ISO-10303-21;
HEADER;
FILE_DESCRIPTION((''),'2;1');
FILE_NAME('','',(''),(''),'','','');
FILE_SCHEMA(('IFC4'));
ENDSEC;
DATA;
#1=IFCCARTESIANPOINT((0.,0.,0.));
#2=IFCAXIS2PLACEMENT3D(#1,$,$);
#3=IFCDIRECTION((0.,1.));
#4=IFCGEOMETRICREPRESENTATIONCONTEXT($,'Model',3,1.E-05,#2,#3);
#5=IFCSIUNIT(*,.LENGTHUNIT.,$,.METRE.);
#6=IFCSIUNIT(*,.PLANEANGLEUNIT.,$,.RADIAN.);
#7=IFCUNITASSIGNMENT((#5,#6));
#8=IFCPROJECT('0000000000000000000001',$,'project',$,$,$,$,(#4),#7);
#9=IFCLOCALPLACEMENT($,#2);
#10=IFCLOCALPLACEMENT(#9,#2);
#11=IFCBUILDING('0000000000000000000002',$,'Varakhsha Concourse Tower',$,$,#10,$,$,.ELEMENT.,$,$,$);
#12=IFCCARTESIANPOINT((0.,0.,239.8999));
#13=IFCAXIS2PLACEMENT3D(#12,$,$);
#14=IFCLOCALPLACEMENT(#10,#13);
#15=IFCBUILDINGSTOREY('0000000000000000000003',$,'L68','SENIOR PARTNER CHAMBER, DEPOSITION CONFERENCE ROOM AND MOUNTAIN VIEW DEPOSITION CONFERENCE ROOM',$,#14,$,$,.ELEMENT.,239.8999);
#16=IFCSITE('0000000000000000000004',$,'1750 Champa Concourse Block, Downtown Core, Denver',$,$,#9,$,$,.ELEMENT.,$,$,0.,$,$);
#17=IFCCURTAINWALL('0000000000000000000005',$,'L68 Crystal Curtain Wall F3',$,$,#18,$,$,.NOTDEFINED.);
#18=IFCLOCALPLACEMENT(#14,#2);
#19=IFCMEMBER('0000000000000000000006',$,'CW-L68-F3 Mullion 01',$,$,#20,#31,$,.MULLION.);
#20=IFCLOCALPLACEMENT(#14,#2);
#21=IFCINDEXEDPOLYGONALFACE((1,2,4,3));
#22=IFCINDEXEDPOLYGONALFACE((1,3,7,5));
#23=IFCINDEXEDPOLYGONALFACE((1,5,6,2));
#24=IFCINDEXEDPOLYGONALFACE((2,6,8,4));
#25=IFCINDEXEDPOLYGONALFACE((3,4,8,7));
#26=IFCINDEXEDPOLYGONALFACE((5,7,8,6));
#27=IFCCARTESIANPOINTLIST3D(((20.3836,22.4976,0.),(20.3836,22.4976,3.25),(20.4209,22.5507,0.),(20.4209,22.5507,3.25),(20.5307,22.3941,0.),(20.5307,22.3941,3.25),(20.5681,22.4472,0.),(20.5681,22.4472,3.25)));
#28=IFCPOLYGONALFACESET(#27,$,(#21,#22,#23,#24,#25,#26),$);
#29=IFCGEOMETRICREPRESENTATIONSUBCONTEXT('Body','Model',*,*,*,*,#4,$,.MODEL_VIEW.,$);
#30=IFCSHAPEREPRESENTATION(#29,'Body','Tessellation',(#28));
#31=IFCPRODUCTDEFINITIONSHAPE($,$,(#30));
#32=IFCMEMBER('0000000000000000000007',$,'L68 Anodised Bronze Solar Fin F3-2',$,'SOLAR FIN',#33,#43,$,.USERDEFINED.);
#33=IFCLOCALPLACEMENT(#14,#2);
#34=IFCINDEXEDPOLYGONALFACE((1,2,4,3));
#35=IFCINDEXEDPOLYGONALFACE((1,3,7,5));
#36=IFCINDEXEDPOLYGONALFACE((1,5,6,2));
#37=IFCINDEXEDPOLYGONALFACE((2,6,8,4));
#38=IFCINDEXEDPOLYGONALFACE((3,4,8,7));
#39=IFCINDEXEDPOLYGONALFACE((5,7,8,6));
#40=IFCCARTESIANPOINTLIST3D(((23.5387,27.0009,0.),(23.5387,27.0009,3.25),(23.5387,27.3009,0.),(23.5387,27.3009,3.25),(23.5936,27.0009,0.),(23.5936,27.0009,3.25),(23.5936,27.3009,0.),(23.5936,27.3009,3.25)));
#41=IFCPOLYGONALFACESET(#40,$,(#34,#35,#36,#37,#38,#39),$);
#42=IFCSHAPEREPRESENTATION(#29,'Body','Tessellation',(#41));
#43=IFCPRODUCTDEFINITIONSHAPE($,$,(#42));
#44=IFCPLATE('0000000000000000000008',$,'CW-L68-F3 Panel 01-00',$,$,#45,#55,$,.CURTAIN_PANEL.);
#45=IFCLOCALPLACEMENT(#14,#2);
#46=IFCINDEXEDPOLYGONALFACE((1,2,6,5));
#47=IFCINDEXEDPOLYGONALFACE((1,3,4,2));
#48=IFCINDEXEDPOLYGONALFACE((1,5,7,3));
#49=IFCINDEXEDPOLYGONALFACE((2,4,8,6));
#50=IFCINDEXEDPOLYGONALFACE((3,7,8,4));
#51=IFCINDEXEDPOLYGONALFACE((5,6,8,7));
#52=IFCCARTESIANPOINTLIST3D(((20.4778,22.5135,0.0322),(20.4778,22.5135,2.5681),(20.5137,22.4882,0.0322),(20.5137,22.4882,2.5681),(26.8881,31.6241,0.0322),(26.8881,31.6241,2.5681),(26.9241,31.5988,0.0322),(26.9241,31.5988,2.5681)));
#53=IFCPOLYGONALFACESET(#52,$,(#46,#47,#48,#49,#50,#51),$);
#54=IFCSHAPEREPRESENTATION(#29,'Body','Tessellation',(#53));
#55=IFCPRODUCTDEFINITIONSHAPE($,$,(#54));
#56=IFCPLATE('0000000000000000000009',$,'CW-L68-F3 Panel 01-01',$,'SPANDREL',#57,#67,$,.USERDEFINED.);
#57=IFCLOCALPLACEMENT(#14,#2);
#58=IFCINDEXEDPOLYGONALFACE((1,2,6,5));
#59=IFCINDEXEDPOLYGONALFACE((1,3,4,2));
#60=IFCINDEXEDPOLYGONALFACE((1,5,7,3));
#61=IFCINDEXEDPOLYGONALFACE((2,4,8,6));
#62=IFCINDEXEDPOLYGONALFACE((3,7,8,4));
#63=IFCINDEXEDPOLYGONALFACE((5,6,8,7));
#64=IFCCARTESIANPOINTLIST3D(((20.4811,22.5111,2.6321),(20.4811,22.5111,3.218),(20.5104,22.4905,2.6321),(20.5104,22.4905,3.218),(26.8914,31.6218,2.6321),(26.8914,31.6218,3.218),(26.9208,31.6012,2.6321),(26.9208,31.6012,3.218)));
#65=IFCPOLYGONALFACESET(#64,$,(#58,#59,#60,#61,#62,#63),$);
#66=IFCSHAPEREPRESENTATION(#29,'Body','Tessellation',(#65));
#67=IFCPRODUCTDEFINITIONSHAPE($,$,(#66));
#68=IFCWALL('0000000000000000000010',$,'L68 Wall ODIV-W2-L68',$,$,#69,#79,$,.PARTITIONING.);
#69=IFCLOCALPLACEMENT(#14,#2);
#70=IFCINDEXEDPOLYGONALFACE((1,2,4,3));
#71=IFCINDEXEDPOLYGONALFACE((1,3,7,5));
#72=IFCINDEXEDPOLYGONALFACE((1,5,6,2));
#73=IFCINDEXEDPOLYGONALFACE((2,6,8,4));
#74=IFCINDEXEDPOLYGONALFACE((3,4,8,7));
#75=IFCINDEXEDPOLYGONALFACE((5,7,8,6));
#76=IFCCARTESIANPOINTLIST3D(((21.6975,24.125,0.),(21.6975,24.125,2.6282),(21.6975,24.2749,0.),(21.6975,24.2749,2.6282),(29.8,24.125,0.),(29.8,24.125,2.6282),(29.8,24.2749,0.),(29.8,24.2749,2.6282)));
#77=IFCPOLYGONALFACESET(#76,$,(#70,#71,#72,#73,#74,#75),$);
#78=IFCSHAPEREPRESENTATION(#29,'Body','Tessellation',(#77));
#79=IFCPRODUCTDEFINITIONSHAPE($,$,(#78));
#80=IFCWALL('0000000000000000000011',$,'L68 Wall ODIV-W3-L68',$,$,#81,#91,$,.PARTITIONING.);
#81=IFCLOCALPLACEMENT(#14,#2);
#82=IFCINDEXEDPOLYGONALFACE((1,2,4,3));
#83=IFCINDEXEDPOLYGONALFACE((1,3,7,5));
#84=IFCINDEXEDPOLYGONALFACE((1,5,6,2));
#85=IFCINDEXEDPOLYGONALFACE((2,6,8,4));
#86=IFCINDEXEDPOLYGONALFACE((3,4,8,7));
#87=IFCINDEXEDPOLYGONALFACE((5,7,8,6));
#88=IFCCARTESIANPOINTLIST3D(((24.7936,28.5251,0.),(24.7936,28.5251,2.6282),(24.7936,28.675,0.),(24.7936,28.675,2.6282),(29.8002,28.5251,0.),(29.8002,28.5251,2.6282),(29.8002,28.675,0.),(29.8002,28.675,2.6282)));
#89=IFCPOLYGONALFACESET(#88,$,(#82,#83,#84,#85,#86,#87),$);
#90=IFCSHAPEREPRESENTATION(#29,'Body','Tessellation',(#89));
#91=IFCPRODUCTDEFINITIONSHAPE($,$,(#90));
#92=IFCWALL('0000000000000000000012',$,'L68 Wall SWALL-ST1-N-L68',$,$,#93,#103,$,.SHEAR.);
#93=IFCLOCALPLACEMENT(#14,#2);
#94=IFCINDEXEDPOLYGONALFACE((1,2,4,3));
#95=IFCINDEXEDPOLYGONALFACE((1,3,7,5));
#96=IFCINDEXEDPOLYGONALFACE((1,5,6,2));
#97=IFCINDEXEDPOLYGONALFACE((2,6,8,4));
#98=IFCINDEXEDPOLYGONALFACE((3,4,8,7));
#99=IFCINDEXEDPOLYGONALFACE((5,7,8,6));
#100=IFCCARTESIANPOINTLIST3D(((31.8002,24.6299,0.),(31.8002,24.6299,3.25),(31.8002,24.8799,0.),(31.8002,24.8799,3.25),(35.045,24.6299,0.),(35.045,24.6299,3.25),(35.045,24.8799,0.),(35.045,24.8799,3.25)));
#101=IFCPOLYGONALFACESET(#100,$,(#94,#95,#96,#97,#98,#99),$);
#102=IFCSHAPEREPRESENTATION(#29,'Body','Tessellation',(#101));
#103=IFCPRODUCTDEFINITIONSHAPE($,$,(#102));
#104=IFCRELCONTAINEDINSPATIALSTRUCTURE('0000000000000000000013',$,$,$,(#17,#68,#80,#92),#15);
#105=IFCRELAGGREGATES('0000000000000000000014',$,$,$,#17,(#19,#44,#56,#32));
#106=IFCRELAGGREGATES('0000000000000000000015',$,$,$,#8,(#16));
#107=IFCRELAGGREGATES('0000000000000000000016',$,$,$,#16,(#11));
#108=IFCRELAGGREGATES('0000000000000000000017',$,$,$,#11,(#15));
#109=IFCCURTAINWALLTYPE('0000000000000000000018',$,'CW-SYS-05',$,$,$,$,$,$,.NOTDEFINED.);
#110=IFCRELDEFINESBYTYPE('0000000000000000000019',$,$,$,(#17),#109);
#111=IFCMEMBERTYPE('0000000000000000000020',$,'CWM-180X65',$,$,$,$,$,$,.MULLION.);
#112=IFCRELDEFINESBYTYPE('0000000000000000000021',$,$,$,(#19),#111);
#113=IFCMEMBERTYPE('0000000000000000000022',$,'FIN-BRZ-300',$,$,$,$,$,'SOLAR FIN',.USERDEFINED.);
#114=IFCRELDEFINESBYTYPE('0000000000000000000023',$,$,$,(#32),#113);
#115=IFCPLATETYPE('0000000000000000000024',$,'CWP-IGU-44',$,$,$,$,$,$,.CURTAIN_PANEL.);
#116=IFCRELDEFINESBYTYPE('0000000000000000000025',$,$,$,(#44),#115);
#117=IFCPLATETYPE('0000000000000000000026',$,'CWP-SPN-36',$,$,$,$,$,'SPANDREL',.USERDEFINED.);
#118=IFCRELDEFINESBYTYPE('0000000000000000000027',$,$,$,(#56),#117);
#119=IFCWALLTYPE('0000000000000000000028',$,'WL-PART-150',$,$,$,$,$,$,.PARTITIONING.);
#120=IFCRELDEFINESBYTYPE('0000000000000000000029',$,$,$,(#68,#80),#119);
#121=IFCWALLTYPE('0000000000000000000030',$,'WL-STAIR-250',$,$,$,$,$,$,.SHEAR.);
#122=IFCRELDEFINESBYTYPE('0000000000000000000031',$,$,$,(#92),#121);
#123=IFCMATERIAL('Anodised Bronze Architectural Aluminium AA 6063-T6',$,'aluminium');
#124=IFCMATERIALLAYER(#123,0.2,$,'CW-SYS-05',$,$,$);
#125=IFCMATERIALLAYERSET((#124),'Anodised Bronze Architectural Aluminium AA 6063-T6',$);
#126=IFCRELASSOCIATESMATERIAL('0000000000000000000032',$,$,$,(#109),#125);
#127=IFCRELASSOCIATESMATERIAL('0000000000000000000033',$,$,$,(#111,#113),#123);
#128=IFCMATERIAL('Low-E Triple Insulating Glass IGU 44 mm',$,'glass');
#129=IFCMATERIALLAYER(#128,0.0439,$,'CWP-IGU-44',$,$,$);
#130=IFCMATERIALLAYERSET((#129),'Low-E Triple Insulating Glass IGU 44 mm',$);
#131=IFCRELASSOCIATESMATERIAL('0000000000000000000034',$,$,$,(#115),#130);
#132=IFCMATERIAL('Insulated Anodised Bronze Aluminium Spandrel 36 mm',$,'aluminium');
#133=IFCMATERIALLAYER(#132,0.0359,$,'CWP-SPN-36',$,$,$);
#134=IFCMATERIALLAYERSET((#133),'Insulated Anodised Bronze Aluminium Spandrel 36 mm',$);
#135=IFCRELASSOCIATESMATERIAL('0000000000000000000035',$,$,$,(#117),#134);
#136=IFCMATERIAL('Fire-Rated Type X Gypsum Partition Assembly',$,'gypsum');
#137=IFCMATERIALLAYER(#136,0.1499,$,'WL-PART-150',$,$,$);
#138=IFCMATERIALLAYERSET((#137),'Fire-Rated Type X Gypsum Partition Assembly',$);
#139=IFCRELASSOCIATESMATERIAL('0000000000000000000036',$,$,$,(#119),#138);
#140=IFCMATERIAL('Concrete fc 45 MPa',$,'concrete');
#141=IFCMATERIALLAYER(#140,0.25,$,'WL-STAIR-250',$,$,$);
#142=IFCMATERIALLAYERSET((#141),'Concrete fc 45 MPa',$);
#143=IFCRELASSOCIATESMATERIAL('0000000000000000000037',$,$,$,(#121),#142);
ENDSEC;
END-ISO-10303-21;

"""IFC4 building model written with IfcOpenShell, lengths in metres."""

from ifc_helpers import new_model, si_unit, direction, frame, frame_2d, origin, origin_2d, place, context, subcontext, project, spatial, rectangle, extrude, source, transform, mapped, material, layer, layer_set, material_profile, profile_set, type_object, type_shapes, element, aggregate, save


model = new_model("IFC4")

# Units and contexts
model_context = context("Model", 3, precision=1e-05, world=origin(), true_north=direction((0.0, 1.0)))
body_context = subcontext(model_context, "Body", "Model", "MODEL_VIEW")
ifc_project = project(units=[si_unit("LENGTHUNIT", "METRE"), si_unit("PLANEANGLEUNIT", "RADIAN")], contexts=[model_context])

# Site, building, storey
site_placement = place(None, origin())
site = spatial("IfcSite", under=ifc_project, at=site_placement, Name="1750 Champa Concourse Block, Downtown Core, Denver", CompositionType="ELEMENT", RefElevation=0.0)
building_placement = place(site_placement, origin())
building = spatial("IfcBuilding", under=site, at=building_placement, Name="Varakhsha Concourse Tower", CompositionType="ELEMENT")
storey_placement = place(building_placement, frame((0.0, 0.0, 239.8999)))
storey = spatial("IfcBuildingStorey", under=building, at=storey_placement, Name="L68", Description="SENIOR PARTNER CHAMBER, DEPOSITION CONFERENCE ROOM AND MOUNTAIN VIEW DEPOSITION CONFERENCE ROOM", CompositionType="ELEMENT", Elevation=239.8999)

# Curtain wall, members, plates
ifc_material_1 = material(Name="Anodised Bronze Architectural Aluminium AA 6063-T6", Category="aluminium")
ifc_layer_1 = layer(ifc_material_1, 0.2, Name="CW-SYS-05")
ifc_layer_set_1 = layer_set([ifc_layer_1], Name="Anodised Bronze Architectural Aluminium AA 6063-T6")
curtain_wall_type = type_object("IfcCurtainWallType", Name="CW-SYS-05", PredefinedType="NOTDEFINED", material=ifc_layer_set_1)
curtain_wall_placement = place(storey_placement, origin())
curtain_wall = element("IfcCurtainWall", 1, at=curtain_wall_placement, inside=storey, type_object=curtain_wall_type, Name="L68 Crystal Curtain Wall F3", PredefinedType="NOTDEFINED")
ifc_material_profile_1 = material_profile(ifc_material_1, rectangle(XDim=0.0649, YDim=0.1799, at=origin_2d()), Name="CWM-180X65")
ifc_profile_set_1 = profile_set([ifc_material_profile_1], Name="Anodised Bronze Architectural Aluminium AA 6063-T6")
member_type_1 = type_object("IfcMemberType", Name="CWM-180X65", PredefinedType="MULLION", material=ifc_profile_set_1)
shared_shape_1 = source(origin(), body_context, "Body", "SweptSolid", [
    extrude(rectangle(XDim=0.0649, YDim=0.1799, at=origin_2d()), origin(), (0.0, 0.0, 1.0), 3.25),
])
type_shapes(member_type_1, [shared_shape_1])
member_1_placement = place(storey_placement, frame((20.4758, 22.4724, 0.0), z_axis=(0.0, 0.0, 1.0), x_axis=(0.575444, 0.817842, 0.0)))
member_1 = element("IfcMember", 2, at=member_1_placement, type_object=member_type_1, Name="CW-L68-F3 Mullion 01", PredefinedType="MULLION", context=body_context, shape_type="MappedRepresentation", body=[
    mapped(shared_shape_1, transform((0.0, 0.0, 0.0), scale=1.0)),
])
ifc_material_profile_2 = material_profile(ifc_material_1, rectangle(XDim=0.0549, YDim=0.3, at=origin_2d()), Name="FIN-BRZ-300")
ifc_profile_set_2 = profile_set([ifc_material_profile_2], Name="Anodised Bronze Architectural Aluminium AA 6063-T6")
member_type_2 = type_object("IfcMemberType", Name="FIN-BRZ-300", ElementType="SOLAR FIN", PredefinedType="USERDEFINED", material=ifc_profile_set_2)
shared_shape_2 = source(origin(), body_context, "Body", "SweptSolid", [
    extrude(rectangle(XDim=0.0549, YDim=0.3, at=origin_2d()), origin(), (0.0, 0.0, 1.0), 3.25),
])
type_shapes(member_type_2, [shared_shape_2])
member_2_placement = place(storey_placement, frame((23.5662, 27.1509, 0.0), z_axis=(0.0, 0.0, 1.0), x_axis=(1.0, 0.0, 0.0)))
member_2 = element("IfcMember", 3, at=member_2_placement, type_object=member_type_2, Name="L68 Anodised Bronze Solar Fin F3-2", ObjectType="SOLAR FIN", PredefinedType="USERDEFINED", context=body_context, shape_type="MappedRepresentation", body=[
    mapped(shared_shape_2, transform((0.0, 0.0, 0.0), scale=1.0)),
])
ifc_material_2 = material(Name="Low-E Triple Insulating Glass IGU 44 mm", Category="glass")
ifc_layer_2 = layer(ifc_material_2, 0.0439, Name="CWP-IGU-44")
ifc_layer_set_2 = layer_set([ifc_layer_2], Name="Low-E Triple Insulating Glass IGU 44 mm")
plate_type_1 = type_object("IfcPlateType", Name="CWP-IGU-44", PredefinedType="CURTAIN_PANEL", material=ifc_layer_set_2)
shared_shape_3 = source(origin(), body_context, "Body", "SweptSolid", [
    extrude(rectangle(XDim=11.1399, YDim=0.0439, at=origin_2d()), origin(), (0.0, 0.0, 1.0), 2.5359),
])
type_shapes(plate_type_1, [shared_shape_3])
plate_1_placement = place(storey_placement, frame((23.7009, 27.0562, 0.0322), z_axis=(0.0, 0.0, 1.0), x_axis=(0.575444, 0.817842, 0.0)))
plate_1 = element("IfcPlate", 4, at=plate_1_placement, type_object=plate_type_1, Name="CW-L68-F3 Panel 01-00", PredefinedType="CURTAIN_PANEL", context=body_context, shape_type="MappedRepresentation", body=[
    mapped(shared_shape_3, transform((0.0, 0.0, 0.0), scale=1.0)),
])
ifc_material_3 = material(Name="Insulated Anodised Bronze Aluminium Spandrel 36 mm", Category="aluminium")
ifc_layer_3 = layer(ifc_material_3, 0.0359, Name="CWP-SPN-36")
ifc_layer_set_3 = layer_set([ifc_layer_3], Name="Insulated Anodised Bronze Aluminium Spandrel 36 mm")
plate_type_2 = type_object("IfcPlateType", Name="CWP-SPN-36", ElementType="SPANDREL", PredefinedType="USERDEFINED", material=ifc_layer_set_3)
shared_shape_4 = source(origin(), body_context, "Body", "SweptSolid", [
    extrude(rectangle(XDim=11.1399, YDim=0.0359, at=origin_2d()), origin(), (0.0, 0.0, 1.0), 0.5859),
])
type_shapes(plate_type_2, [shared_shape_4])
plate_2_placement = place(storey_placement, frame((23.7009, 27.0562, 2.6321), z_axis=(0.0, 0.0, 1.0), x_axis=(0.575444, 0.817842, 0.0)))
plate_2 = element("IfcPlate", 5, at=plate_2_placement, type_object=plate_type_2, Name="CW-L68-F3 Panel 01-01", ObjectType="SPANDREL", PredefinedType="USERDEFINED", context=body_context, shape_type="MappedRepresentation", body=[
    mapped(shared_shape_4, transform((0.0, 0.0, 0.0), scale=1.0)),
])
aggregate(curtain_wall, [member_1, plate_1, plate_2, member_2])

# Walls
ifc_material_4 = material(Name="Fire-Rated Type X Gypsum Partition Assembly", Category="gypsum")
ifc_layer_4 = layer(ifc_material_4, 0.1499, Name="WL-PART-150")
ifc_layer_set_4 = layer_set([ifc_layer_4], Name="Fire-Rated Type X Gypsum Partition Assembly")
wall_type_1 = type_object("IfcWallType", Name="WL-PART-150", PredefinedType="PARTITIONING", material=ifc_layer_set_4)
wall_1_placement = place(storey_placement, frame((21.6975, 24.2, 0.0), z_axis=(0.0, 0.0, 1.0), x_axis=(1.0, 0.0, 0.0)))
element("IfcWall", 6, at=wall_1_placement, inside=storey, type_object=wall_type_1, Name="L68 Wall ODIV-W2-L68", PredefinedType="PARTITIONING", context=body_context, shape_type="SweptSolid", body=[
    extrude(rectangle(XDim=8.1025, YDim=0.1499, at=frame_2d((4.0513, 0.0))), origin(), (0.0, 0.0, 1.0), 2.6282),
])
wall_2_placement = place(storey_placement, frame((24.7935, 28.6001, 0.0), z_axis=(0.0, 0.0, 1.0), x_axis=(1.0, 0.0, 0.0)))
element("IfcWall", 7, at=wall_2_placement, inside=storey, type_object=wall_type_1, Name="L68 Wall ODIV-W3-L68", PredefinedType="PARTITIONING", context=body_context, shape_type="SweptSolid", body=[
    extrude(rectangle(XDim=5.0066, YDim=0.1499, at=frame_2d((2.5034, 0.0))), origin(), (0.0, 0.0, 1.0), 2.6282),
])

# Wall
ifc_material_5 = material(Name="Concrete fc 45 MPa", Category="concrete")
ifc_layer_5 = layer(ifc_material_5, 0.25, Name="WL-STAIR-250")
ifc_layer_set_5 = layer_set([ifc_layer_5], Name="Concrete fc 45 MPa")
wall_type_2 = type_object("IfcWallType", Name="WL-STAIR-250", PredefinedType="SHEAR", material=ifc_layer_set_5)
wall_3_placement = place(storey_placement, frame((31.8, 24.7549, 0.0), z_axis=(0.0, 0.0, 1.0), x_axis=(1.0, 0.0, 0.0)))
element("IfcWall", 8, at=wall_3_placement, inside=storey, type_object=wall_type_2, Name="L68 Wall SWALL-ST1-N-L68", PredefinedType="SHEAR", context=body_context, shape_type="SweptSolid", body=[
    extrude(rectangle(XDim=3.2449, YDim=0.25, at=frame_2d((1.6226, 0.0))), origin(), (0.0, 0.0, 1.0), 3.25),
])

save(model, "model.ifc")
